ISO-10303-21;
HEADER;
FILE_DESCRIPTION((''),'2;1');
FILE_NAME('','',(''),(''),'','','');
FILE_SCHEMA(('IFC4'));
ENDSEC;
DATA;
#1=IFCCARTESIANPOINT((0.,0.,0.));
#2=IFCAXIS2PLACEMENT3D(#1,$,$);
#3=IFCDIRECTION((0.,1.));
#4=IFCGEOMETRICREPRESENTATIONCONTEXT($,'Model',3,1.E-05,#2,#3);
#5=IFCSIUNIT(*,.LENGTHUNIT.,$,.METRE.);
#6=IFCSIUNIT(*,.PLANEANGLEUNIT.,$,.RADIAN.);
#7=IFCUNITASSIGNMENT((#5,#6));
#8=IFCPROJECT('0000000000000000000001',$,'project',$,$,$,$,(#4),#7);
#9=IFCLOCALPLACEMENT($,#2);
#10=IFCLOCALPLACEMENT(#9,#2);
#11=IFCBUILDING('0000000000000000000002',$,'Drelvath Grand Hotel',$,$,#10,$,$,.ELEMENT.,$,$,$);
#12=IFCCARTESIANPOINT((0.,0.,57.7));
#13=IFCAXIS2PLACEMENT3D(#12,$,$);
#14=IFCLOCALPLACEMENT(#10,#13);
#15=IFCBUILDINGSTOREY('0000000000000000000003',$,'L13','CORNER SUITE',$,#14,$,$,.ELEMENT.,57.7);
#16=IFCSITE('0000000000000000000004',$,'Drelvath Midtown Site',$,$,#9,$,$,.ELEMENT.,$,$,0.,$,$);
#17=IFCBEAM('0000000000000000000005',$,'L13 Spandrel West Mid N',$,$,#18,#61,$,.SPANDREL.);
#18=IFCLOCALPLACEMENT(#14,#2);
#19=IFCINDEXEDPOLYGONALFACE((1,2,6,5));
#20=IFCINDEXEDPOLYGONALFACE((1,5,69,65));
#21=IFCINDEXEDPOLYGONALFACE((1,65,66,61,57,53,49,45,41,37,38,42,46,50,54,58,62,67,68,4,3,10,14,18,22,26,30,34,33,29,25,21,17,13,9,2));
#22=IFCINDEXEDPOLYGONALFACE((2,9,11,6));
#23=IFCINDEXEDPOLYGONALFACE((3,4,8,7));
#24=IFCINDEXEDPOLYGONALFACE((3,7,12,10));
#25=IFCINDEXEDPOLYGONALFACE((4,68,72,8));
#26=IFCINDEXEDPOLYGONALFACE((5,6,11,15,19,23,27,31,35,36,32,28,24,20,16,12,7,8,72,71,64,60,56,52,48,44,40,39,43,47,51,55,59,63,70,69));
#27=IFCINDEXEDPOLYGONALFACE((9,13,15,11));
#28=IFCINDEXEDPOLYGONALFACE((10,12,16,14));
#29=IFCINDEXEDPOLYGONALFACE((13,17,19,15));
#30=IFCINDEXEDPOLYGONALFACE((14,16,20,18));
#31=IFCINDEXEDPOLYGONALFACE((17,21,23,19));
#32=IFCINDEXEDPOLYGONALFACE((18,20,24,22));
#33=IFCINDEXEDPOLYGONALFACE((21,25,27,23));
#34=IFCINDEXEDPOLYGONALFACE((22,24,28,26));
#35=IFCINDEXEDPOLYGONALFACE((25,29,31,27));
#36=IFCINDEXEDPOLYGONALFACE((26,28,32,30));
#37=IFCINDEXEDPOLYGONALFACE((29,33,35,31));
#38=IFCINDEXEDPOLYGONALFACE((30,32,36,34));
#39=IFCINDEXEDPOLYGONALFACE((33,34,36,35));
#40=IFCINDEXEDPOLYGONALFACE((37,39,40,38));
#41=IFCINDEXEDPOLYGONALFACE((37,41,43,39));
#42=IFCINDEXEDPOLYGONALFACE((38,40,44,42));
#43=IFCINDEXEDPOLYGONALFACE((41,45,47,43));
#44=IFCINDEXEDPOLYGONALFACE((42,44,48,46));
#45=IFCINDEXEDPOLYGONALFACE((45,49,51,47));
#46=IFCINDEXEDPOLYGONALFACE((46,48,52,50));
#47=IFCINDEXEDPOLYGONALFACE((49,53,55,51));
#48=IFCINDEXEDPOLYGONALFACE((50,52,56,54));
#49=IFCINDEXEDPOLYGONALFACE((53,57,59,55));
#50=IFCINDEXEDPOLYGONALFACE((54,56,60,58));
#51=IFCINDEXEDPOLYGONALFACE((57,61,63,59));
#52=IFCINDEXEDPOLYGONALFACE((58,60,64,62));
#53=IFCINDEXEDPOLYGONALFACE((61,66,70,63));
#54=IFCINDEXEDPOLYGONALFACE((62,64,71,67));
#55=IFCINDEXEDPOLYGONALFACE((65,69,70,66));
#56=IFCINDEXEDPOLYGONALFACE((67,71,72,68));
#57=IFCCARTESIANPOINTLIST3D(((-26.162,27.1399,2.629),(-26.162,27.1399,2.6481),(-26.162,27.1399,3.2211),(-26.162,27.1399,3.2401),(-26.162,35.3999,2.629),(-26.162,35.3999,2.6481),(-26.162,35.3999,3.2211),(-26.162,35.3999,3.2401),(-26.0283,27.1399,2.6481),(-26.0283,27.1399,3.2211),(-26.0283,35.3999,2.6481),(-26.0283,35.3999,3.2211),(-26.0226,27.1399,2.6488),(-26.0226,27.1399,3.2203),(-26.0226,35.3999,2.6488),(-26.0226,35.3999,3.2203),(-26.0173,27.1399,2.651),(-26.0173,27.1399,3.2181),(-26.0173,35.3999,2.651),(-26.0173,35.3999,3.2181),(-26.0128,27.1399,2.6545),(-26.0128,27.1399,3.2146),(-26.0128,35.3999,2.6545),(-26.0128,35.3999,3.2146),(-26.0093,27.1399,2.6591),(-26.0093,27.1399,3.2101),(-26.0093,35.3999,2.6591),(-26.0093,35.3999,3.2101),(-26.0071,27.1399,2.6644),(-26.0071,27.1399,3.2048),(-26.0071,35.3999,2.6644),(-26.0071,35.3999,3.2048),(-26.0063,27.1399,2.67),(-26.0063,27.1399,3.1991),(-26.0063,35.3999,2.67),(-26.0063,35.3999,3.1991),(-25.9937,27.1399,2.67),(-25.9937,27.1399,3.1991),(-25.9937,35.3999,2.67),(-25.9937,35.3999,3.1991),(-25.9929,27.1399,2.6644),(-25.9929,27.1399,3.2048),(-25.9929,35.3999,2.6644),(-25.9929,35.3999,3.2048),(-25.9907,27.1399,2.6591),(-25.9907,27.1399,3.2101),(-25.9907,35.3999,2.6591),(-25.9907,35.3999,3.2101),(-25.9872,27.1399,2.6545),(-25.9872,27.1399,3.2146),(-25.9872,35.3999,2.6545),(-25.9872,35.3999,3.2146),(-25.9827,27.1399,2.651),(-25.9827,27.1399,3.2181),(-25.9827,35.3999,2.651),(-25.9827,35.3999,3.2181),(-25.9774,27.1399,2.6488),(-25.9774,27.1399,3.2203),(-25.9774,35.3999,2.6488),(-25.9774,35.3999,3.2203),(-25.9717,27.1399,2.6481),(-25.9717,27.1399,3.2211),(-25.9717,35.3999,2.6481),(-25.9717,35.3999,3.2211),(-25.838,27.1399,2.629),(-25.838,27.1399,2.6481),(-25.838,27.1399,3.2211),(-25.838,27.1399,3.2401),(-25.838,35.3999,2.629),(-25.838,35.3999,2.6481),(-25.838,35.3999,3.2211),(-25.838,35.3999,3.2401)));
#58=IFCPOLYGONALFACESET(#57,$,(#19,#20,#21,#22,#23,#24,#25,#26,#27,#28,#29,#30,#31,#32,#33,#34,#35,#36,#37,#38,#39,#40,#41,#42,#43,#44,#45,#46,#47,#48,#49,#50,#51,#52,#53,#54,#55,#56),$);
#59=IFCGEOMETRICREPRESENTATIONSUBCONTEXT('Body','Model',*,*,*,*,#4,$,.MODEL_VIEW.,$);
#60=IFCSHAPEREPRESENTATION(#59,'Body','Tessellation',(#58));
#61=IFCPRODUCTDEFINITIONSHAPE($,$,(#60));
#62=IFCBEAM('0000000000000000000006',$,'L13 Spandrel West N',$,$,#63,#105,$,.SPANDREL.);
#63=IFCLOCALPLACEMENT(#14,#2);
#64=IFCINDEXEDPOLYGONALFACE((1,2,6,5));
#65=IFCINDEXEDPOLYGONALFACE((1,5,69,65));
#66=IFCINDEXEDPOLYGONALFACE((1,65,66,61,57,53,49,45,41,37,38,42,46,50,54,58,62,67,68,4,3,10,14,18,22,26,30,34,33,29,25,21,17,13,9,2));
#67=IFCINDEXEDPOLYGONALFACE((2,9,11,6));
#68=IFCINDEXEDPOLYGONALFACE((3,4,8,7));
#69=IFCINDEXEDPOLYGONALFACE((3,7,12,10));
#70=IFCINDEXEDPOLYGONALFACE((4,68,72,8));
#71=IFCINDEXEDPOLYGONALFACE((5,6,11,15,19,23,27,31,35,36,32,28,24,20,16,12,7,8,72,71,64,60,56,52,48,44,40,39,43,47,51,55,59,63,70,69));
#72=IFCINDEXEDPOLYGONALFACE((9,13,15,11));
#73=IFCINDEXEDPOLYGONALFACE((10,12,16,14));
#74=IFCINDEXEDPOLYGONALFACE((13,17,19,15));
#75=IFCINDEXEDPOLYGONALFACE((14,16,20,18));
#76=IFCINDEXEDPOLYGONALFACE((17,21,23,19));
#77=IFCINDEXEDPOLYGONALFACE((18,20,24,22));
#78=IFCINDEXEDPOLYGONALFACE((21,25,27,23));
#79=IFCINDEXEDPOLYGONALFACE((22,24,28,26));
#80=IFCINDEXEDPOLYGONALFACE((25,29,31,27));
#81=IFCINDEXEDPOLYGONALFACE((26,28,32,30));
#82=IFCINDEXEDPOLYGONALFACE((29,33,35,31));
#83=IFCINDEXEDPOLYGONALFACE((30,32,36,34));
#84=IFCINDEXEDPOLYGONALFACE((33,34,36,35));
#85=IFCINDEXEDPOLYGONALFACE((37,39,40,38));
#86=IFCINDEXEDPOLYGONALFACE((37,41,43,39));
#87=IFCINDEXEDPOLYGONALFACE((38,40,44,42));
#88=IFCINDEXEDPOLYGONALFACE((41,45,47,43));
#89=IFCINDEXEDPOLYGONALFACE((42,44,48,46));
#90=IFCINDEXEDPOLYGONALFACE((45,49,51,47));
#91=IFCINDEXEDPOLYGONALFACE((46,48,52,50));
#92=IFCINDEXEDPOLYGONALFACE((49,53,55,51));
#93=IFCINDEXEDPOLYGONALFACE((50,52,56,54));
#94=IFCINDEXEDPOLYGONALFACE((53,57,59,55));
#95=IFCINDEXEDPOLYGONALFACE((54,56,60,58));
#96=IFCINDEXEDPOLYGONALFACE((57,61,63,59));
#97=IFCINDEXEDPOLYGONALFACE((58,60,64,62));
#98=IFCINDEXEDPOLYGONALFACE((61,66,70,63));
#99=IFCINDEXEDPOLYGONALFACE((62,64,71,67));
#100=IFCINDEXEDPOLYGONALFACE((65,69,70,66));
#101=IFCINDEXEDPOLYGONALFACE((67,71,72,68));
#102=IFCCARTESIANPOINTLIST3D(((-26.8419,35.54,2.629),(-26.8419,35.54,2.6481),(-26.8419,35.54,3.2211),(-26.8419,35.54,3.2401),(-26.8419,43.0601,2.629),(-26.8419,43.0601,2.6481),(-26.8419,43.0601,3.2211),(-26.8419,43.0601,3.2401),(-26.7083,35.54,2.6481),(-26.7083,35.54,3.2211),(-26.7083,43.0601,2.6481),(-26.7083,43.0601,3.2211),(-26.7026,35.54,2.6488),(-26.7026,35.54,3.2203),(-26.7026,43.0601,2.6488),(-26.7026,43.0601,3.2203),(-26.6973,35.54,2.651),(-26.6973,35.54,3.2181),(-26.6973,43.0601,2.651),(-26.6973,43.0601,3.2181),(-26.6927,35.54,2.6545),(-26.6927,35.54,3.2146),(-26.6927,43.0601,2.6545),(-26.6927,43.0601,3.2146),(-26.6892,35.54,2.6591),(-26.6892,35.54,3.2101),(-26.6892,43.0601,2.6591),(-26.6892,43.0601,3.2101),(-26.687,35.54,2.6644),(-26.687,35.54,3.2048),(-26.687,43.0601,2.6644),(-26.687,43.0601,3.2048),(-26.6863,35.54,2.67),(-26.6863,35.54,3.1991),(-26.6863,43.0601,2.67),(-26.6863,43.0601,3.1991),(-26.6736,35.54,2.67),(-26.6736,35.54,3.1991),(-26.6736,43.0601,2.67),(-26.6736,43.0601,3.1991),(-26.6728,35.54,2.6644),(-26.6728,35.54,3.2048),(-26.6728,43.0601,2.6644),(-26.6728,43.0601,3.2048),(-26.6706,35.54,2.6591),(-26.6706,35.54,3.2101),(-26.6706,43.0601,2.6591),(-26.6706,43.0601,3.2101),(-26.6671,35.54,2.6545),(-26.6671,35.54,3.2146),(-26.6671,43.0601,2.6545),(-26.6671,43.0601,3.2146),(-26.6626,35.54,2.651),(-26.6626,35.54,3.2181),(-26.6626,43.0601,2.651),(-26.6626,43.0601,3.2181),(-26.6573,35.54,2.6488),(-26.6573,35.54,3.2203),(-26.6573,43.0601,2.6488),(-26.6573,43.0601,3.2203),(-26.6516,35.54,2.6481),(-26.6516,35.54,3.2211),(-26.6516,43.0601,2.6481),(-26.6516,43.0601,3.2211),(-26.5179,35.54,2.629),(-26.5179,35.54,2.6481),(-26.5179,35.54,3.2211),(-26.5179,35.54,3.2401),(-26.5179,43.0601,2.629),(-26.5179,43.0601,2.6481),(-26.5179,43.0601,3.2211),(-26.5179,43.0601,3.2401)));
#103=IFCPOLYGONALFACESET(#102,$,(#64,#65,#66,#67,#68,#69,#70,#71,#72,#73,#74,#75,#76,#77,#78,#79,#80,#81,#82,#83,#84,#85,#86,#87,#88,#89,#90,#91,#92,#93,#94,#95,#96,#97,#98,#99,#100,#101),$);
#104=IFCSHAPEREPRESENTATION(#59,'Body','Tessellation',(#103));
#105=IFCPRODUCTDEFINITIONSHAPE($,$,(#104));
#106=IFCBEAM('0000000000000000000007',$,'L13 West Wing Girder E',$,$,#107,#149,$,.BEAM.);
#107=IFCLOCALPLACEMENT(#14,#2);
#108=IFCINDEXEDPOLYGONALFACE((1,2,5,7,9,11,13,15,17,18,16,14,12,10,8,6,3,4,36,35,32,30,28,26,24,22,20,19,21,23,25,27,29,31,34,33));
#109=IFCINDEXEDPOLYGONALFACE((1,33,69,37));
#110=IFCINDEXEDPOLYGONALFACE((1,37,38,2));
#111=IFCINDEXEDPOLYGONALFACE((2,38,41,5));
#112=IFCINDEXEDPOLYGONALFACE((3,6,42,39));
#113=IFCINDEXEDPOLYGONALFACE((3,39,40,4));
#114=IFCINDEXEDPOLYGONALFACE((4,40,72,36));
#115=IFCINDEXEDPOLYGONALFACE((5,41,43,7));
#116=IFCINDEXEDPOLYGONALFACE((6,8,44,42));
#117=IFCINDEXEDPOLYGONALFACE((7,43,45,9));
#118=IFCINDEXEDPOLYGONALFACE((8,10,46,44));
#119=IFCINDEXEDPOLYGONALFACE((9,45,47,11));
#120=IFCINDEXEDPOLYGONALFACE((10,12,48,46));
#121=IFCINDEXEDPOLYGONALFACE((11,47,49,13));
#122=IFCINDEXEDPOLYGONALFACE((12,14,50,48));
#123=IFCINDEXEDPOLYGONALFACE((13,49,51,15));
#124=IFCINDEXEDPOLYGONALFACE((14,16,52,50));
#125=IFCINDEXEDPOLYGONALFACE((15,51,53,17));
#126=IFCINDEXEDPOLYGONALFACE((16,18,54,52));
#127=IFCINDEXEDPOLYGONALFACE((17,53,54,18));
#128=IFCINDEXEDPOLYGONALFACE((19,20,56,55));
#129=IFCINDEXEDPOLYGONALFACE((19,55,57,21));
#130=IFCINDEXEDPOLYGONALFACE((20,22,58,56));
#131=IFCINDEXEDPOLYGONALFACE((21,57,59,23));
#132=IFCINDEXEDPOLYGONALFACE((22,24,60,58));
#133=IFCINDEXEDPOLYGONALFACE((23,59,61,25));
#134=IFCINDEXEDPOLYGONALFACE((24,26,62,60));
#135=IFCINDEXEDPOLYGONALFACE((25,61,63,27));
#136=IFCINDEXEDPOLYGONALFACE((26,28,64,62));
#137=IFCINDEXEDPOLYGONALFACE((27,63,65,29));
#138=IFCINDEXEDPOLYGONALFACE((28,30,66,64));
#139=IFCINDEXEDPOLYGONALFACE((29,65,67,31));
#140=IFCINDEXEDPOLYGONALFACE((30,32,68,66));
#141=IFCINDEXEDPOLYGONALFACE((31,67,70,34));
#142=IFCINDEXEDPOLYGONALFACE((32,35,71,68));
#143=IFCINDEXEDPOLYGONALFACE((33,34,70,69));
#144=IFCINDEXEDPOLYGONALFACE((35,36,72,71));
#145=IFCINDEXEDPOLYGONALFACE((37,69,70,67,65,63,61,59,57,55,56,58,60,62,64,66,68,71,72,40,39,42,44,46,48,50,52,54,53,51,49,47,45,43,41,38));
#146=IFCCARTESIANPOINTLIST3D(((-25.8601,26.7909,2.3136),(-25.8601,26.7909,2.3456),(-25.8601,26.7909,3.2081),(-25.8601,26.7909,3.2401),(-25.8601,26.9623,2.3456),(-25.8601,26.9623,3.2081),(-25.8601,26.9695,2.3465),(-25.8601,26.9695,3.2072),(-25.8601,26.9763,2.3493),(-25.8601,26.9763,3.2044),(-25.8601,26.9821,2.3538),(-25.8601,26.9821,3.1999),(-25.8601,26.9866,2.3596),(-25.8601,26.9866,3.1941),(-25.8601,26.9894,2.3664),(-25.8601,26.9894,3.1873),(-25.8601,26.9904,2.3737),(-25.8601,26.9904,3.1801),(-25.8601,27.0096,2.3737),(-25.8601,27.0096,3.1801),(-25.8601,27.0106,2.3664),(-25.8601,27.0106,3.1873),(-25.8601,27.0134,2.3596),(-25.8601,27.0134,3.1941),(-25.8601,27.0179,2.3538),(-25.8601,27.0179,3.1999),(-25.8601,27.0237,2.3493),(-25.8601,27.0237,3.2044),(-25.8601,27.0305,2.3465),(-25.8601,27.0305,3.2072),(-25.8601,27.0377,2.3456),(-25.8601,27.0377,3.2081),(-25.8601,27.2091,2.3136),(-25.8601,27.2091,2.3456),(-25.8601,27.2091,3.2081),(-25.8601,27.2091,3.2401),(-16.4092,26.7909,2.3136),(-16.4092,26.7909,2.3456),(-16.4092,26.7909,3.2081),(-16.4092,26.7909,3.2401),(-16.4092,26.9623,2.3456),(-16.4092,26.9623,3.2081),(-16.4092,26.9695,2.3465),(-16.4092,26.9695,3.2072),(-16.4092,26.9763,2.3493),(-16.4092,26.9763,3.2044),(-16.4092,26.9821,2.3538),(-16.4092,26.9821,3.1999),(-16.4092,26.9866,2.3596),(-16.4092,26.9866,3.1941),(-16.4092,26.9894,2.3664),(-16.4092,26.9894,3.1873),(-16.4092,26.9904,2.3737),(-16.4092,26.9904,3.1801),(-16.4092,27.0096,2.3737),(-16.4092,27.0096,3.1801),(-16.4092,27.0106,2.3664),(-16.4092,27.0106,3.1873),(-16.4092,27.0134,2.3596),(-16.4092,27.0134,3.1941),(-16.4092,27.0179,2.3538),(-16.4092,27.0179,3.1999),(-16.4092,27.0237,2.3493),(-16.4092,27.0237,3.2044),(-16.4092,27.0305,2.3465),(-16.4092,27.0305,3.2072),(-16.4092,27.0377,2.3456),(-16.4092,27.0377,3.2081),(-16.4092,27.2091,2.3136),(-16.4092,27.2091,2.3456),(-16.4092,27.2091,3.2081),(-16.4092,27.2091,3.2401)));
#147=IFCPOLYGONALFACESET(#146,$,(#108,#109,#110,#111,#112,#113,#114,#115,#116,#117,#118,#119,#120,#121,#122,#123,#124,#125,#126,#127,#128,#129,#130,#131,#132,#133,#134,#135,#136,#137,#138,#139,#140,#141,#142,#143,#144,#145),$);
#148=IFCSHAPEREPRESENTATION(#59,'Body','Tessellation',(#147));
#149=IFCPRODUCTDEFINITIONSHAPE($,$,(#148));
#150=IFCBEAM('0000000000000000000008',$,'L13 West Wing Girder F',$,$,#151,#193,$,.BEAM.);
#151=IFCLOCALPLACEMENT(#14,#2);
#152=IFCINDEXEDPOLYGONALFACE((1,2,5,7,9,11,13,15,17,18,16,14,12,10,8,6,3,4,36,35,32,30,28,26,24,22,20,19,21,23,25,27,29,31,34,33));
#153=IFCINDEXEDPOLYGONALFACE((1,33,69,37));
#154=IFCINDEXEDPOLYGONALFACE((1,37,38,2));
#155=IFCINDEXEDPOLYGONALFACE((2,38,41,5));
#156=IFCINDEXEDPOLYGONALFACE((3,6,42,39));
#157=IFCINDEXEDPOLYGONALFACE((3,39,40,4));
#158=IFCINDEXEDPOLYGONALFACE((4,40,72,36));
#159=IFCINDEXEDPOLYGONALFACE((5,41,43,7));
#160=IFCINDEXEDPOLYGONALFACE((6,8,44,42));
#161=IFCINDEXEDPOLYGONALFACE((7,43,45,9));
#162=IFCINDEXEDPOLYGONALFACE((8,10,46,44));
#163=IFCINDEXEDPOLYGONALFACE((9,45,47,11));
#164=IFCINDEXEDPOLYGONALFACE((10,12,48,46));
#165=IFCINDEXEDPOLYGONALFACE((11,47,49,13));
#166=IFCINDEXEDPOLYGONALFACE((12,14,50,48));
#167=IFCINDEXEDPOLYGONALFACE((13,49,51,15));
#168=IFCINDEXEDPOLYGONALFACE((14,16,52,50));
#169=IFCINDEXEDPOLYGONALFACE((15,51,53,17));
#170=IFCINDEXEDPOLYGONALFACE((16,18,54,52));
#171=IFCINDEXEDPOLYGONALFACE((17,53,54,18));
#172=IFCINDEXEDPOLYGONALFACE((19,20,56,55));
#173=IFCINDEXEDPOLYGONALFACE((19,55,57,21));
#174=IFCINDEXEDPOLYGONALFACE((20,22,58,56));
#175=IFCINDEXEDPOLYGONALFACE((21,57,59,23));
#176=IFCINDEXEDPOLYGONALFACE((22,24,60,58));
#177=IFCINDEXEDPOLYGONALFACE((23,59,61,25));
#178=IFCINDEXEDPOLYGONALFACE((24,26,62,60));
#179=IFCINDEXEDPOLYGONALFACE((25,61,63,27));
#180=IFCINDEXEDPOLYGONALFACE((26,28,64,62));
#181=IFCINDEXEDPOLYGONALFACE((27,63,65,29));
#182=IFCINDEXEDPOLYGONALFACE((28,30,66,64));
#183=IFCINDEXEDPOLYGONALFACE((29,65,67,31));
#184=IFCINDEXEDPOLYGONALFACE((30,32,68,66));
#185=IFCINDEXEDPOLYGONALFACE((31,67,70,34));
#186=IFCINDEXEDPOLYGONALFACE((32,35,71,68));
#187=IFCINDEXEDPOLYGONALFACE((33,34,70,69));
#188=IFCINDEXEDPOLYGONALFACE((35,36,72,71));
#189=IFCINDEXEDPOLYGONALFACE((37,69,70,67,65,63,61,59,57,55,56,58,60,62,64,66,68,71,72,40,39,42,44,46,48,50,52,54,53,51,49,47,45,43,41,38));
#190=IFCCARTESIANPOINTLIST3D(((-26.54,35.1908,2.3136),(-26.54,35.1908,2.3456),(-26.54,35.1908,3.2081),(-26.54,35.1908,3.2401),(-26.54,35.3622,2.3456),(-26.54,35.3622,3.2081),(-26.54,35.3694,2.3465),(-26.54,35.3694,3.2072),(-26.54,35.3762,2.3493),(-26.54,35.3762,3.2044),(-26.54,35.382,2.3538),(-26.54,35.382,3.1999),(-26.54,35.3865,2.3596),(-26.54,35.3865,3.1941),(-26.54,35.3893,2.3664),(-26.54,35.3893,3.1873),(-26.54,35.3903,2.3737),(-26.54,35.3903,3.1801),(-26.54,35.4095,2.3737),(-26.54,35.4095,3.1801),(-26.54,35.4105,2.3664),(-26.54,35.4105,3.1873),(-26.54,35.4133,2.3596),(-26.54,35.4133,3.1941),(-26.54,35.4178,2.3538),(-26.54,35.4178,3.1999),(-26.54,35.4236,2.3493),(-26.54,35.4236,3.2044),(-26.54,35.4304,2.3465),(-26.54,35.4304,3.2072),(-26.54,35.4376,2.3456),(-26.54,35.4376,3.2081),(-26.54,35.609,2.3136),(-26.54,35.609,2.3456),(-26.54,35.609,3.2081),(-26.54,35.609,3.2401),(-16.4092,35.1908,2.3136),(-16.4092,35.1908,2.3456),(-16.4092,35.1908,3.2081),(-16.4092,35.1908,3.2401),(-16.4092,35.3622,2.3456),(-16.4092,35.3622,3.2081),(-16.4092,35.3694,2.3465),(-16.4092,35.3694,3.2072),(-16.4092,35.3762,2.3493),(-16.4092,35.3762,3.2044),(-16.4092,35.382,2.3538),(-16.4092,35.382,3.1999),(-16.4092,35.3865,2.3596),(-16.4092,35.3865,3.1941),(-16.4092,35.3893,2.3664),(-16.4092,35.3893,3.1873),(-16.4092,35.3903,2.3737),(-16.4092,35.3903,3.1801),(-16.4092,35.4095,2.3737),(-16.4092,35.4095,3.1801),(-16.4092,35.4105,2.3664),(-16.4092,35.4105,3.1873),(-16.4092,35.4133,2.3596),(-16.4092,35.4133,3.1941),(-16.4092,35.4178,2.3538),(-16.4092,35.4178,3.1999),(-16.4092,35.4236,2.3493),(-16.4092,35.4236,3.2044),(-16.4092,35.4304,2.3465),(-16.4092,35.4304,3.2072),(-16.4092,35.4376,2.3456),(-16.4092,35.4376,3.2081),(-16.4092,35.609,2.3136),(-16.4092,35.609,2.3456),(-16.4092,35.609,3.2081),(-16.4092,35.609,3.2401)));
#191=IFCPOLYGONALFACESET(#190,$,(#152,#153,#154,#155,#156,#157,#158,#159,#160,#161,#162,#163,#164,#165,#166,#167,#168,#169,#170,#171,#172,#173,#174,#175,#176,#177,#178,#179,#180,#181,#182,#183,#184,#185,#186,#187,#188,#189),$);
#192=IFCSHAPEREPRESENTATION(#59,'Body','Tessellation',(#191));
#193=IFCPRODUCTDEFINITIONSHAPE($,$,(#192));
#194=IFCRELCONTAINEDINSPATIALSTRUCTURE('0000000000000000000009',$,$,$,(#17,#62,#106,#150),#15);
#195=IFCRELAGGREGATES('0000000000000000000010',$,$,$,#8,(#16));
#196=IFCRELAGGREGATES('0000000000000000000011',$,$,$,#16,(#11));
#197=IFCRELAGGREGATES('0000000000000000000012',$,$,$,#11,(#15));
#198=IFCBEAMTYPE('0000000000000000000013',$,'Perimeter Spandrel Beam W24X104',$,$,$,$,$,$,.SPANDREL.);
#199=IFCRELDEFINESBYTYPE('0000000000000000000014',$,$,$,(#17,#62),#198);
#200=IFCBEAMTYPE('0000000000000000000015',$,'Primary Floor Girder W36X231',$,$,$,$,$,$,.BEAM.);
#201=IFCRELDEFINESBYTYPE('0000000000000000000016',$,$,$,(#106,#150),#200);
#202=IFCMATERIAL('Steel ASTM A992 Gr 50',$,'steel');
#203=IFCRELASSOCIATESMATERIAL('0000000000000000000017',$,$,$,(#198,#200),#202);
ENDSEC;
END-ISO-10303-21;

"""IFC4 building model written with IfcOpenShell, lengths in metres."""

from ifc_helpers import new_model, si_unit, direction, frame, origin, origin_2d, place, context, subcontext, project, spatial, i_section, extrude, material, material_profile, profile_set, type_object, element, save


model = new_model("IFC4")

# Units and contexts
model_context = context("Model", 3, precision=1e-05, world=origin(), true_north=direction((0.0, 1.0)))
body_context = subcontext(model_context, "Body", "Model", "MODEL_VIEW")
ifc_project = project(units=[si_unit("LENGTHUNIT", "METRE"), si_unit("PLANEANGLEUNIT", "RADIAN")], contexts=[model_context])

# Site, building, storey
site_placement = place(None, origin())
site = spatial("IfcSite", under=ifc_project, at=site_placement, Name="Drelvath Midtown Site", CompositionType="ELEMENT", RefElevation=0.0)
building_placement = place(site_placement, origin())
building = spatial("IfcBuilding", under=site, at=building_placement, Name="Drelvath Grand Hotel", CompositionType="ELEMENT")
storey_placement = place(building_placement, frame((0.0, 0.0, 57.7)))
storey = spatial("IfcBuildingStorey", under=building, at=storey_placement, Name="L13", Description="CORNER SUITE", CompositionType="ELEMENT", Elevation=57.7)

# Beams
ifc_material_1 = material(Name="Steel ASTM A992 Gr 50", Category="steel")
ifc_material_profile_1 = material_profile(ifc_material_1, i_section(OverallWidth=0.324, OverallDepth=0.6111, WebThickness=0.0127, FlangeThickness=0.019, FilletRadius=0.022, at=origin_2d()), Name="W24X104")
ifc_profile_set_1 = profile_set([ifc_material_profile_1], Name="Steel ASTM A992 Gr 50")
beam_type_1 = type_object("IfcBeamType", Name="Perimeter Spandrel Beam W24X104", PredefinedType="SPANDREL", material=ifc_profile_set_1)
beam_1_placement = place(storey_placement, frame((-26.0, 27.1399, 2.9346), z_axis=(0.0, 1.0, 0.0), x_axis=(-1.0, 0.0, 0.0)))
element("IfcBeam", 1, at=beam_1_placement, inside=storey, type_object=beam_type_1, Name="L13 Spandrel West Mid N", PredefinedType="SPANDREL", context=body_context, shape_type="SweptSolid", body=[
    extrude(i_section(OverallWidth=0.324, OverallDepth=0.6111, WebThickness=0.0127, FlangeThickness=0.019, FilletRadius=0.022, at=origin_2d()), origin(), (0.0, 0.0, 1.0), 8.26),
])
beam_2_placement = place(storey_placement, frame((-26.6799, 35.54, 2.9346), z_axis=(0.0, 1.0, 0.0), x_axis=(-1.0, 0.0, 0.0)))
element("IfcBeam", 2, at=beam_2_placement, inside=storey, type_object=beam_type_1, Name="L13 Spandrel West N", PredefinedType="SPANDREL", context=body_context, shape_type="SweptSolid", body=[
    extrude(i_section(OverallWidth=0.324, OverallDepth=0.6111, WebThickness=0.0127, FlangeThickness=0.019, FilletRadius=0.022, at=origin_2d()), origin(), (0.0, 0.0, 1.0), 7.52),
])
ifc_material_profile_2 = material_profile(ifc_material_1, i_section(OverallWidth=0.4182, OverallDepth=0.9265, WebThickness=0.0193, FlangeThickness=0.032, FilletRadius=0.0281, at=origin_2d()), Name="W36X231")
ifc_profile_set_2 = profile_set([ifc_material_profile_2], Name="Steel ASTM A992 Gr 50")
beam_type_2 = type_object("IfcBeamType", Name="Primary Floor Girder W36X231", PredefinedType="BEAM", material=ifc_profile_set_2)
beam_3_placement = place(storey_placement, frame((-25.8601, 27.0, 2.7769), z_axis=(1.0, 0.0, 0.0), x_axis=(0.0, 1.0, 0.0)))
element("IfcBeam", 3, at=beam_3_placement, inside=storey, type_object=beam_type_2, Name="L13 West Wing Girder E", PredefinedType="BEAM", context=body_context, shape_type="SweptSolid", body=[
    extrude(i_section(OverallWidth=0.4182, OverallDepth=0.9265, WebThickness=0.0193, FlangeThickness=0.032, FilletRadius=0.0281, at=origin_2d()), origin(), (0.0, 0.0, 1.0), 9.4509),
])
beam_4_placement = place(storey_placement, frame((-26.54, 35.3999, 2.7769), z_axis=(1.0, 0.0, 0.0), x_axis=(0.0, 1.0, 0.0)))
element("IfcBeam", 4, at=beam_4_placement, inside=storey, type_object=beam_type_2, Name="L13 West Wing Girder F", PredefinedType="BEAM", context=body_context, shape_type="SweptSolid", body=[
    extrude(i_section(OverallWidth=0.4182, OverallDepth=0.9265, WebThickness=0.0193, FlangeThickness=0.032, FilletRadius=0.0281, at=origin_2d()), origin(), (0.0, 0.0, 1.0), 10.1309),
])

save(model, "model.ifc")
